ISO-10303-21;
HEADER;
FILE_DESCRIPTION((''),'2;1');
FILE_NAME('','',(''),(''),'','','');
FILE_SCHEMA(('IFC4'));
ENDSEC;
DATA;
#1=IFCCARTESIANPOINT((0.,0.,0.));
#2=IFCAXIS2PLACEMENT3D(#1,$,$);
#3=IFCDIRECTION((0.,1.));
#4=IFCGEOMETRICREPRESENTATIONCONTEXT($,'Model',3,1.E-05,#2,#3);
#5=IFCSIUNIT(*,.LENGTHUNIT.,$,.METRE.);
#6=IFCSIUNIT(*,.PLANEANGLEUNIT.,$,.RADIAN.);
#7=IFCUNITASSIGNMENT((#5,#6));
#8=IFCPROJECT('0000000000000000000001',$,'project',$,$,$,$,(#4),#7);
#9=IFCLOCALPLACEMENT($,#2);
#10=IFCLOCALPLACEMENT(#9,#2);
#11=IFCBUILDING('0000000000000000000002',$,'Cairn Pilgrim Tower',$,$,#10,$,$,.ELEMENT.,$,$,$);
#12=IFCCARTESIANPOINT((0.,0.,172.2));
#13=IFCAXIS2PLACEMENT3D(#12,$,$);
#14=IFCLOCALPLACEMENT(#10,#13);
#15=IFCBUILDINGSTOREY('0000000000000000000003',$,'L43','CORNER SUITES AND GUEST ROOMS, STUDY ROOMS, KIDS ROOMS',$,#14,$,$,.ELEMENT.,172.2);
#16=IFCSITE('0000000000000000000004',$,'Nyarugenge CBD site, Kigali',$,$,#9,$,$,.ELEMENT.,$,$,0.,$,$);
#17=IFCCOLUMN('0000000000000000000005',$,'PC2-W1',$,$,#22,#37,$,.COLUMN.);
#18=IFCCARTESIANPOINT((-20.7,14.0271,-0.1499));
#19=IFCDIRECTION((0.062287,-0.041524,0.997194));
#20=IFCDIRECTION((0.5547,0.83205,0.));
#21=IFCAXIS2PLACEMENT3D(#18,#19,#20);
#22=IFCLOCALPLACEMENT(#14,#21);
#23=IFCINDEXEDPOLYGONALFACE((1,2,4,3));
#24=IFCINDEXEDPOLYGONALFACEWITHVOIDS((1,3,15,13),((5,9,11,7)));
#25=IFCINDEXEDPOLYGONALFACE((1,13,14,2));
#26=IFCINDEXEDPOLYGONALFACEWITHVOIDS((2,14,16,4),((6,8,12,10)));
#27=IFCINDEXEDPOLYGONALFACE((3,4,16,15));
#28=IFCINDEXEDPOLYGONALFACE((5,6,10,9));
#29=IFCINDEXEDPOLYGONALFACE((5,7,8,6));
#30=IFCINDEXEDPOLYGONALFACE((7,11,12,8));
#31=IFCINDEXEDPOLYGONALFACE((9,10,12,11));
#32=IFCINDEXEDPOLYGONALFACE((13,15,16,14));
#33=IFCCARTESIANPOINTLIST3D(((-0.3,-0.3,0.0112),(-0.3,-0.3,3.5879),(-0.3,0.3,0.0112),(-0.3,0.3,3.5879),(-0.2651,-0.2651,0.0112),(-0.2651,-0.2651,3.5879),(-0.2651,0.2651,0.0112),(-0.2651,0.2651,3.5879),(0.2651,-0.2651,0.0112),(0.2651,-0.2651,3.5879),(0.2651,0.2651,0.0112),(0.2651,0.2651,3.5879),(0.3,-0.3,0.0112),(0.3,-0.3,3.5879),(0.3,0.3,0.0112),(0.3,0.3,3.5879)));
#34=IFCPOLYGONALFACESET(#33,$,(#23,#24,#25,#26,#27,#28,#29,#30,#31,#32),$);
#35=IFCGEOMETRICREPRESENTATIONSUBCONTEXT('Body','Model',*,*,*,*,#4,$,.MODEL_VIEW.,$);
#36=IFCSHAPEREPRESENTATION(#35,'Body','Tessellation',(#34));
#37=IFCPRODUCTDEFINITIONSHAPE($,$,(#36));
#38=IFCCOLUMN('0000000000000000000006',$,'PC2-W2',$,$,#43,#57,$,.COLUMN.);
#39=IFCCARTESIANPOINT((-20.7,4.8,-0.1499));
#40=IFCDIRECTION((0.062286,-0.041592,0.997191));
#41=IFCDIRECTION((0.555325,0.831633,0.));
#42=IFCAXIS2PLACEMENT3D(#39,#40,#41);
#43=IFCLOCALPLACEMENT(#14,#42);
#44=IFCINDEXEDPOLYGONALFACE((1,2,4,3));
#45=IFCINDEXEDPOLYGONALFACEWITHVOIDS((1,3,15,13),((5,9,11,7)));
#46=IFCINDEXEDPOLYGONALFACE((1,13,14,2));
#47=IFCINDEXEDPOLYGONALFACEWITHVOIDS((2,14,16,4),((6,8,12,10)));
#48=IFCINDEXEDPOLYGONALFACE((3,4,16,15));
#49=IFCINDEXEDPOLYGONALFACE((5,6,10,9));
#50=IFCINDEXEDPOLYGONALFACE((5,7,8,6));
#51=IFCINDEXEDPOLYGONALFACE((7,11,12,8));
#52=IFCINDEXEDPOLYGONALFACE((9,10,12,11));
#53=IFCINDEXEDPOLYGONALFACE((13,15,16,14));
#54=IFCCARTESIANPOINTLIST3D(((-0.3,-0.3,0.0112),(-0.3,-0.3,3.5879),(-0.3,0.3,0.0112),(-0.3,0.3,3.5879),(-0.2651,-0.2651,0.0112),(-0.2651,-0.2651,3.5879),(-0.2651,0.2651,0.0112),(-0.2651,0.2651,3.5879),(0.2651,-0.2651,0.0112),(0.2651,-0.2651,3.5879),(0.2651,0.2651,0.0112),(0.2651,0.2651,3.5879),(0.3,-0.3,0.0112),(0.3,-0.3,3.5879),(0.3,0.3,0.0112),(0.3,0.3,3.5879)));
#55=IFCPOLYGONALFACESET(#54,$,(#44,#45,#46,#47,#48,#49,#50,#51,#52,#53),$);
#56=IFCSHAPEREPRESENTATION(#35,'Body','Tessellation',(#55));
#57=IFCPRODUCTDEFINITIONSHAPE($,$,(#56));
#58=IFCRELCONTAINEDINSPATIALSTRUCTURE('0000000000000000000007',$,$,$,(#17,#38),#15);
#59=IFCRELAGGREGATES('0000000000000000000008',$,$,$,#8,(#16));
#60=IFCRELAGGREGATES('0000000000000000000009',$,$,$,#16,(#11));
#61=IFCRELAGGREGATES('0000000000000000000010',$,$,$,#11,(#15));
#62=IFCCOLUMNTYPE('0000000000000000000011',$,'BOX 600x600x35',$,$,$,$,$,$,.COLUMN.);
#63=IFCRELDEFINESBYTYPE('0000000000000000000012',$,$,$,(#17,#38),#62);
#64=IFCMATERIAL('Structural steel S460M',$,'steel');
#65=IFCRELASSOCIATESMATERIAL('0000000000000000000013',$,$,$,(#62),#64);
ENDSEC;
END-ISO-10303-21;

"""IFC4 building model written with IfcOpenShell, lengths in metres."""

from ifc_helpers import new_model, si_unit, direction, frame, origin, origin_2d, place, context, subcontext, project, spatial, hollow_rectangle, extrude, clip, halfspace, material, material_profile, profile_set, type_object, element, save


model = new_model("IFC4")

# Units and contexts
model_context = context("Model", 3, precision=1e-05, world=origin(), true_north=direction((0.0, 1.0)))
body_context = subcontext(model_context, "Body", "Model", "MODEL_VIEW")
ifc_project = project(units=[si_unit("LENGTHUNIT", "METRE"), si_unit("PLANEANGLEUNIT", "RADIAN")], contexts=[model_context])

# Site, building, storey
site_placement = place(None, origin())
site = spatial("IfcSite", under=ifc_project, at=site_placement, Name="Nyarugenge CBD site, Kigali", CompositionType="ELEMENT", RefElevation=0.0)
building_placement = place(site_placement, origin())
building = spatial("IfcBuilding", under=site, at=building_placement, Name="Cairn Pilgrim Tower", CompositionType="ELEMENT")
storey_placement = place(building_placement, frame((0.0, 0.0, 172.2)))
storey = spatial("IfcBuildingStorey", under=building, at=storey_placement, Name="L43", Description="CORNER SUITES AND GUEST ROOMS, STUDY ROOMS, KIDS ROOMS", CompositionType="ELEMENT", Elevation=172.2)

# Columns
ifc_material_1 = material(Name="Structural steel S460M", Category="steel")
ifc_material_profile_1 = material_profile(ifc_material_1, hollow_rectangle(XDim=0.6001, YDim=0.6001, WallThickness=0.0349, at=origin_2d()), Name="BOX 600x600x35")
ifc_profile_set_1 = profile_set([ifc_material_profile_1], Name="Structural steel S460M")
column_type_1 = type_object("IfcColumnType", Name="BOX 600x600x35", PredefinedType="COLUMN", material=ifc_profile_set_1)
column_1_placement = place(storey_placement, frame((-20.7, 14.0271, -0.1499), z_axis=(0.062287, -0.041524, 0.997194), x_axis=(0.5547, 0.83205, 0.0)))
element("IfcColumn", 1, at=column_1_placement, inside=storey, type_object=column_type_1, Name="PC2-W1", PredefinedType="COLUMN", context=body_context, shape_type="Clipping", body=[
    clip(clip(extrude(hollow_rectangle(XDim=0.6001, YDim=0.6001, WallThickness=0.0349, at=origin_2d()), origin(), (0.0, 0.0, 1.0), 3.6099), halfspace(frame((0.0, 0.0, 0.0112), z_axis=(0.0, 0.0, 1.0), x_axis=(1.0, 0.0, 0.0)), True)), halfspace(frame((0.0, 0.0, 3.5879), z_axis=(0.0, 0.0, 1.0), x_axis=(1.0, 0.0, 0.0)), False)),
])
column_2_placement = place(storey_placement, frame((-20.7, 4.8, -0.1499), z_axis=(0.062286, -0.041592, 0.997191), x_axis=(0.555325, 0.831633, 0.0)))
element("IfcColumn", 2, at=column_2_placement, inside=storey, type_object=column_type_1, Name="PC2-W2", PredefinedType="COLUMN", context=body_context, shape_type="Clipping", body=[
    clip(clip(extrude(hollow_rectangle(XDim=0.6001, YDim=0.6001, WallThickness=0.0349, at=origin_2d()), origin(), (0.0, 0.0, 1.0), 3.6101), halfspace(frame((0.0, 0.0, 0.0112), z_axis=(0.0, 0.0, 1.0), x_axis=(1.0, 0.0, 0.0)), True)), halfspace(frame((0.0, 0.0, 3.5879), z_axis=(0.0, 0.0, 1.0), x_axis=(1.0, 0.0, 0.0)), False)),
])

save(model, "model.ifc")
